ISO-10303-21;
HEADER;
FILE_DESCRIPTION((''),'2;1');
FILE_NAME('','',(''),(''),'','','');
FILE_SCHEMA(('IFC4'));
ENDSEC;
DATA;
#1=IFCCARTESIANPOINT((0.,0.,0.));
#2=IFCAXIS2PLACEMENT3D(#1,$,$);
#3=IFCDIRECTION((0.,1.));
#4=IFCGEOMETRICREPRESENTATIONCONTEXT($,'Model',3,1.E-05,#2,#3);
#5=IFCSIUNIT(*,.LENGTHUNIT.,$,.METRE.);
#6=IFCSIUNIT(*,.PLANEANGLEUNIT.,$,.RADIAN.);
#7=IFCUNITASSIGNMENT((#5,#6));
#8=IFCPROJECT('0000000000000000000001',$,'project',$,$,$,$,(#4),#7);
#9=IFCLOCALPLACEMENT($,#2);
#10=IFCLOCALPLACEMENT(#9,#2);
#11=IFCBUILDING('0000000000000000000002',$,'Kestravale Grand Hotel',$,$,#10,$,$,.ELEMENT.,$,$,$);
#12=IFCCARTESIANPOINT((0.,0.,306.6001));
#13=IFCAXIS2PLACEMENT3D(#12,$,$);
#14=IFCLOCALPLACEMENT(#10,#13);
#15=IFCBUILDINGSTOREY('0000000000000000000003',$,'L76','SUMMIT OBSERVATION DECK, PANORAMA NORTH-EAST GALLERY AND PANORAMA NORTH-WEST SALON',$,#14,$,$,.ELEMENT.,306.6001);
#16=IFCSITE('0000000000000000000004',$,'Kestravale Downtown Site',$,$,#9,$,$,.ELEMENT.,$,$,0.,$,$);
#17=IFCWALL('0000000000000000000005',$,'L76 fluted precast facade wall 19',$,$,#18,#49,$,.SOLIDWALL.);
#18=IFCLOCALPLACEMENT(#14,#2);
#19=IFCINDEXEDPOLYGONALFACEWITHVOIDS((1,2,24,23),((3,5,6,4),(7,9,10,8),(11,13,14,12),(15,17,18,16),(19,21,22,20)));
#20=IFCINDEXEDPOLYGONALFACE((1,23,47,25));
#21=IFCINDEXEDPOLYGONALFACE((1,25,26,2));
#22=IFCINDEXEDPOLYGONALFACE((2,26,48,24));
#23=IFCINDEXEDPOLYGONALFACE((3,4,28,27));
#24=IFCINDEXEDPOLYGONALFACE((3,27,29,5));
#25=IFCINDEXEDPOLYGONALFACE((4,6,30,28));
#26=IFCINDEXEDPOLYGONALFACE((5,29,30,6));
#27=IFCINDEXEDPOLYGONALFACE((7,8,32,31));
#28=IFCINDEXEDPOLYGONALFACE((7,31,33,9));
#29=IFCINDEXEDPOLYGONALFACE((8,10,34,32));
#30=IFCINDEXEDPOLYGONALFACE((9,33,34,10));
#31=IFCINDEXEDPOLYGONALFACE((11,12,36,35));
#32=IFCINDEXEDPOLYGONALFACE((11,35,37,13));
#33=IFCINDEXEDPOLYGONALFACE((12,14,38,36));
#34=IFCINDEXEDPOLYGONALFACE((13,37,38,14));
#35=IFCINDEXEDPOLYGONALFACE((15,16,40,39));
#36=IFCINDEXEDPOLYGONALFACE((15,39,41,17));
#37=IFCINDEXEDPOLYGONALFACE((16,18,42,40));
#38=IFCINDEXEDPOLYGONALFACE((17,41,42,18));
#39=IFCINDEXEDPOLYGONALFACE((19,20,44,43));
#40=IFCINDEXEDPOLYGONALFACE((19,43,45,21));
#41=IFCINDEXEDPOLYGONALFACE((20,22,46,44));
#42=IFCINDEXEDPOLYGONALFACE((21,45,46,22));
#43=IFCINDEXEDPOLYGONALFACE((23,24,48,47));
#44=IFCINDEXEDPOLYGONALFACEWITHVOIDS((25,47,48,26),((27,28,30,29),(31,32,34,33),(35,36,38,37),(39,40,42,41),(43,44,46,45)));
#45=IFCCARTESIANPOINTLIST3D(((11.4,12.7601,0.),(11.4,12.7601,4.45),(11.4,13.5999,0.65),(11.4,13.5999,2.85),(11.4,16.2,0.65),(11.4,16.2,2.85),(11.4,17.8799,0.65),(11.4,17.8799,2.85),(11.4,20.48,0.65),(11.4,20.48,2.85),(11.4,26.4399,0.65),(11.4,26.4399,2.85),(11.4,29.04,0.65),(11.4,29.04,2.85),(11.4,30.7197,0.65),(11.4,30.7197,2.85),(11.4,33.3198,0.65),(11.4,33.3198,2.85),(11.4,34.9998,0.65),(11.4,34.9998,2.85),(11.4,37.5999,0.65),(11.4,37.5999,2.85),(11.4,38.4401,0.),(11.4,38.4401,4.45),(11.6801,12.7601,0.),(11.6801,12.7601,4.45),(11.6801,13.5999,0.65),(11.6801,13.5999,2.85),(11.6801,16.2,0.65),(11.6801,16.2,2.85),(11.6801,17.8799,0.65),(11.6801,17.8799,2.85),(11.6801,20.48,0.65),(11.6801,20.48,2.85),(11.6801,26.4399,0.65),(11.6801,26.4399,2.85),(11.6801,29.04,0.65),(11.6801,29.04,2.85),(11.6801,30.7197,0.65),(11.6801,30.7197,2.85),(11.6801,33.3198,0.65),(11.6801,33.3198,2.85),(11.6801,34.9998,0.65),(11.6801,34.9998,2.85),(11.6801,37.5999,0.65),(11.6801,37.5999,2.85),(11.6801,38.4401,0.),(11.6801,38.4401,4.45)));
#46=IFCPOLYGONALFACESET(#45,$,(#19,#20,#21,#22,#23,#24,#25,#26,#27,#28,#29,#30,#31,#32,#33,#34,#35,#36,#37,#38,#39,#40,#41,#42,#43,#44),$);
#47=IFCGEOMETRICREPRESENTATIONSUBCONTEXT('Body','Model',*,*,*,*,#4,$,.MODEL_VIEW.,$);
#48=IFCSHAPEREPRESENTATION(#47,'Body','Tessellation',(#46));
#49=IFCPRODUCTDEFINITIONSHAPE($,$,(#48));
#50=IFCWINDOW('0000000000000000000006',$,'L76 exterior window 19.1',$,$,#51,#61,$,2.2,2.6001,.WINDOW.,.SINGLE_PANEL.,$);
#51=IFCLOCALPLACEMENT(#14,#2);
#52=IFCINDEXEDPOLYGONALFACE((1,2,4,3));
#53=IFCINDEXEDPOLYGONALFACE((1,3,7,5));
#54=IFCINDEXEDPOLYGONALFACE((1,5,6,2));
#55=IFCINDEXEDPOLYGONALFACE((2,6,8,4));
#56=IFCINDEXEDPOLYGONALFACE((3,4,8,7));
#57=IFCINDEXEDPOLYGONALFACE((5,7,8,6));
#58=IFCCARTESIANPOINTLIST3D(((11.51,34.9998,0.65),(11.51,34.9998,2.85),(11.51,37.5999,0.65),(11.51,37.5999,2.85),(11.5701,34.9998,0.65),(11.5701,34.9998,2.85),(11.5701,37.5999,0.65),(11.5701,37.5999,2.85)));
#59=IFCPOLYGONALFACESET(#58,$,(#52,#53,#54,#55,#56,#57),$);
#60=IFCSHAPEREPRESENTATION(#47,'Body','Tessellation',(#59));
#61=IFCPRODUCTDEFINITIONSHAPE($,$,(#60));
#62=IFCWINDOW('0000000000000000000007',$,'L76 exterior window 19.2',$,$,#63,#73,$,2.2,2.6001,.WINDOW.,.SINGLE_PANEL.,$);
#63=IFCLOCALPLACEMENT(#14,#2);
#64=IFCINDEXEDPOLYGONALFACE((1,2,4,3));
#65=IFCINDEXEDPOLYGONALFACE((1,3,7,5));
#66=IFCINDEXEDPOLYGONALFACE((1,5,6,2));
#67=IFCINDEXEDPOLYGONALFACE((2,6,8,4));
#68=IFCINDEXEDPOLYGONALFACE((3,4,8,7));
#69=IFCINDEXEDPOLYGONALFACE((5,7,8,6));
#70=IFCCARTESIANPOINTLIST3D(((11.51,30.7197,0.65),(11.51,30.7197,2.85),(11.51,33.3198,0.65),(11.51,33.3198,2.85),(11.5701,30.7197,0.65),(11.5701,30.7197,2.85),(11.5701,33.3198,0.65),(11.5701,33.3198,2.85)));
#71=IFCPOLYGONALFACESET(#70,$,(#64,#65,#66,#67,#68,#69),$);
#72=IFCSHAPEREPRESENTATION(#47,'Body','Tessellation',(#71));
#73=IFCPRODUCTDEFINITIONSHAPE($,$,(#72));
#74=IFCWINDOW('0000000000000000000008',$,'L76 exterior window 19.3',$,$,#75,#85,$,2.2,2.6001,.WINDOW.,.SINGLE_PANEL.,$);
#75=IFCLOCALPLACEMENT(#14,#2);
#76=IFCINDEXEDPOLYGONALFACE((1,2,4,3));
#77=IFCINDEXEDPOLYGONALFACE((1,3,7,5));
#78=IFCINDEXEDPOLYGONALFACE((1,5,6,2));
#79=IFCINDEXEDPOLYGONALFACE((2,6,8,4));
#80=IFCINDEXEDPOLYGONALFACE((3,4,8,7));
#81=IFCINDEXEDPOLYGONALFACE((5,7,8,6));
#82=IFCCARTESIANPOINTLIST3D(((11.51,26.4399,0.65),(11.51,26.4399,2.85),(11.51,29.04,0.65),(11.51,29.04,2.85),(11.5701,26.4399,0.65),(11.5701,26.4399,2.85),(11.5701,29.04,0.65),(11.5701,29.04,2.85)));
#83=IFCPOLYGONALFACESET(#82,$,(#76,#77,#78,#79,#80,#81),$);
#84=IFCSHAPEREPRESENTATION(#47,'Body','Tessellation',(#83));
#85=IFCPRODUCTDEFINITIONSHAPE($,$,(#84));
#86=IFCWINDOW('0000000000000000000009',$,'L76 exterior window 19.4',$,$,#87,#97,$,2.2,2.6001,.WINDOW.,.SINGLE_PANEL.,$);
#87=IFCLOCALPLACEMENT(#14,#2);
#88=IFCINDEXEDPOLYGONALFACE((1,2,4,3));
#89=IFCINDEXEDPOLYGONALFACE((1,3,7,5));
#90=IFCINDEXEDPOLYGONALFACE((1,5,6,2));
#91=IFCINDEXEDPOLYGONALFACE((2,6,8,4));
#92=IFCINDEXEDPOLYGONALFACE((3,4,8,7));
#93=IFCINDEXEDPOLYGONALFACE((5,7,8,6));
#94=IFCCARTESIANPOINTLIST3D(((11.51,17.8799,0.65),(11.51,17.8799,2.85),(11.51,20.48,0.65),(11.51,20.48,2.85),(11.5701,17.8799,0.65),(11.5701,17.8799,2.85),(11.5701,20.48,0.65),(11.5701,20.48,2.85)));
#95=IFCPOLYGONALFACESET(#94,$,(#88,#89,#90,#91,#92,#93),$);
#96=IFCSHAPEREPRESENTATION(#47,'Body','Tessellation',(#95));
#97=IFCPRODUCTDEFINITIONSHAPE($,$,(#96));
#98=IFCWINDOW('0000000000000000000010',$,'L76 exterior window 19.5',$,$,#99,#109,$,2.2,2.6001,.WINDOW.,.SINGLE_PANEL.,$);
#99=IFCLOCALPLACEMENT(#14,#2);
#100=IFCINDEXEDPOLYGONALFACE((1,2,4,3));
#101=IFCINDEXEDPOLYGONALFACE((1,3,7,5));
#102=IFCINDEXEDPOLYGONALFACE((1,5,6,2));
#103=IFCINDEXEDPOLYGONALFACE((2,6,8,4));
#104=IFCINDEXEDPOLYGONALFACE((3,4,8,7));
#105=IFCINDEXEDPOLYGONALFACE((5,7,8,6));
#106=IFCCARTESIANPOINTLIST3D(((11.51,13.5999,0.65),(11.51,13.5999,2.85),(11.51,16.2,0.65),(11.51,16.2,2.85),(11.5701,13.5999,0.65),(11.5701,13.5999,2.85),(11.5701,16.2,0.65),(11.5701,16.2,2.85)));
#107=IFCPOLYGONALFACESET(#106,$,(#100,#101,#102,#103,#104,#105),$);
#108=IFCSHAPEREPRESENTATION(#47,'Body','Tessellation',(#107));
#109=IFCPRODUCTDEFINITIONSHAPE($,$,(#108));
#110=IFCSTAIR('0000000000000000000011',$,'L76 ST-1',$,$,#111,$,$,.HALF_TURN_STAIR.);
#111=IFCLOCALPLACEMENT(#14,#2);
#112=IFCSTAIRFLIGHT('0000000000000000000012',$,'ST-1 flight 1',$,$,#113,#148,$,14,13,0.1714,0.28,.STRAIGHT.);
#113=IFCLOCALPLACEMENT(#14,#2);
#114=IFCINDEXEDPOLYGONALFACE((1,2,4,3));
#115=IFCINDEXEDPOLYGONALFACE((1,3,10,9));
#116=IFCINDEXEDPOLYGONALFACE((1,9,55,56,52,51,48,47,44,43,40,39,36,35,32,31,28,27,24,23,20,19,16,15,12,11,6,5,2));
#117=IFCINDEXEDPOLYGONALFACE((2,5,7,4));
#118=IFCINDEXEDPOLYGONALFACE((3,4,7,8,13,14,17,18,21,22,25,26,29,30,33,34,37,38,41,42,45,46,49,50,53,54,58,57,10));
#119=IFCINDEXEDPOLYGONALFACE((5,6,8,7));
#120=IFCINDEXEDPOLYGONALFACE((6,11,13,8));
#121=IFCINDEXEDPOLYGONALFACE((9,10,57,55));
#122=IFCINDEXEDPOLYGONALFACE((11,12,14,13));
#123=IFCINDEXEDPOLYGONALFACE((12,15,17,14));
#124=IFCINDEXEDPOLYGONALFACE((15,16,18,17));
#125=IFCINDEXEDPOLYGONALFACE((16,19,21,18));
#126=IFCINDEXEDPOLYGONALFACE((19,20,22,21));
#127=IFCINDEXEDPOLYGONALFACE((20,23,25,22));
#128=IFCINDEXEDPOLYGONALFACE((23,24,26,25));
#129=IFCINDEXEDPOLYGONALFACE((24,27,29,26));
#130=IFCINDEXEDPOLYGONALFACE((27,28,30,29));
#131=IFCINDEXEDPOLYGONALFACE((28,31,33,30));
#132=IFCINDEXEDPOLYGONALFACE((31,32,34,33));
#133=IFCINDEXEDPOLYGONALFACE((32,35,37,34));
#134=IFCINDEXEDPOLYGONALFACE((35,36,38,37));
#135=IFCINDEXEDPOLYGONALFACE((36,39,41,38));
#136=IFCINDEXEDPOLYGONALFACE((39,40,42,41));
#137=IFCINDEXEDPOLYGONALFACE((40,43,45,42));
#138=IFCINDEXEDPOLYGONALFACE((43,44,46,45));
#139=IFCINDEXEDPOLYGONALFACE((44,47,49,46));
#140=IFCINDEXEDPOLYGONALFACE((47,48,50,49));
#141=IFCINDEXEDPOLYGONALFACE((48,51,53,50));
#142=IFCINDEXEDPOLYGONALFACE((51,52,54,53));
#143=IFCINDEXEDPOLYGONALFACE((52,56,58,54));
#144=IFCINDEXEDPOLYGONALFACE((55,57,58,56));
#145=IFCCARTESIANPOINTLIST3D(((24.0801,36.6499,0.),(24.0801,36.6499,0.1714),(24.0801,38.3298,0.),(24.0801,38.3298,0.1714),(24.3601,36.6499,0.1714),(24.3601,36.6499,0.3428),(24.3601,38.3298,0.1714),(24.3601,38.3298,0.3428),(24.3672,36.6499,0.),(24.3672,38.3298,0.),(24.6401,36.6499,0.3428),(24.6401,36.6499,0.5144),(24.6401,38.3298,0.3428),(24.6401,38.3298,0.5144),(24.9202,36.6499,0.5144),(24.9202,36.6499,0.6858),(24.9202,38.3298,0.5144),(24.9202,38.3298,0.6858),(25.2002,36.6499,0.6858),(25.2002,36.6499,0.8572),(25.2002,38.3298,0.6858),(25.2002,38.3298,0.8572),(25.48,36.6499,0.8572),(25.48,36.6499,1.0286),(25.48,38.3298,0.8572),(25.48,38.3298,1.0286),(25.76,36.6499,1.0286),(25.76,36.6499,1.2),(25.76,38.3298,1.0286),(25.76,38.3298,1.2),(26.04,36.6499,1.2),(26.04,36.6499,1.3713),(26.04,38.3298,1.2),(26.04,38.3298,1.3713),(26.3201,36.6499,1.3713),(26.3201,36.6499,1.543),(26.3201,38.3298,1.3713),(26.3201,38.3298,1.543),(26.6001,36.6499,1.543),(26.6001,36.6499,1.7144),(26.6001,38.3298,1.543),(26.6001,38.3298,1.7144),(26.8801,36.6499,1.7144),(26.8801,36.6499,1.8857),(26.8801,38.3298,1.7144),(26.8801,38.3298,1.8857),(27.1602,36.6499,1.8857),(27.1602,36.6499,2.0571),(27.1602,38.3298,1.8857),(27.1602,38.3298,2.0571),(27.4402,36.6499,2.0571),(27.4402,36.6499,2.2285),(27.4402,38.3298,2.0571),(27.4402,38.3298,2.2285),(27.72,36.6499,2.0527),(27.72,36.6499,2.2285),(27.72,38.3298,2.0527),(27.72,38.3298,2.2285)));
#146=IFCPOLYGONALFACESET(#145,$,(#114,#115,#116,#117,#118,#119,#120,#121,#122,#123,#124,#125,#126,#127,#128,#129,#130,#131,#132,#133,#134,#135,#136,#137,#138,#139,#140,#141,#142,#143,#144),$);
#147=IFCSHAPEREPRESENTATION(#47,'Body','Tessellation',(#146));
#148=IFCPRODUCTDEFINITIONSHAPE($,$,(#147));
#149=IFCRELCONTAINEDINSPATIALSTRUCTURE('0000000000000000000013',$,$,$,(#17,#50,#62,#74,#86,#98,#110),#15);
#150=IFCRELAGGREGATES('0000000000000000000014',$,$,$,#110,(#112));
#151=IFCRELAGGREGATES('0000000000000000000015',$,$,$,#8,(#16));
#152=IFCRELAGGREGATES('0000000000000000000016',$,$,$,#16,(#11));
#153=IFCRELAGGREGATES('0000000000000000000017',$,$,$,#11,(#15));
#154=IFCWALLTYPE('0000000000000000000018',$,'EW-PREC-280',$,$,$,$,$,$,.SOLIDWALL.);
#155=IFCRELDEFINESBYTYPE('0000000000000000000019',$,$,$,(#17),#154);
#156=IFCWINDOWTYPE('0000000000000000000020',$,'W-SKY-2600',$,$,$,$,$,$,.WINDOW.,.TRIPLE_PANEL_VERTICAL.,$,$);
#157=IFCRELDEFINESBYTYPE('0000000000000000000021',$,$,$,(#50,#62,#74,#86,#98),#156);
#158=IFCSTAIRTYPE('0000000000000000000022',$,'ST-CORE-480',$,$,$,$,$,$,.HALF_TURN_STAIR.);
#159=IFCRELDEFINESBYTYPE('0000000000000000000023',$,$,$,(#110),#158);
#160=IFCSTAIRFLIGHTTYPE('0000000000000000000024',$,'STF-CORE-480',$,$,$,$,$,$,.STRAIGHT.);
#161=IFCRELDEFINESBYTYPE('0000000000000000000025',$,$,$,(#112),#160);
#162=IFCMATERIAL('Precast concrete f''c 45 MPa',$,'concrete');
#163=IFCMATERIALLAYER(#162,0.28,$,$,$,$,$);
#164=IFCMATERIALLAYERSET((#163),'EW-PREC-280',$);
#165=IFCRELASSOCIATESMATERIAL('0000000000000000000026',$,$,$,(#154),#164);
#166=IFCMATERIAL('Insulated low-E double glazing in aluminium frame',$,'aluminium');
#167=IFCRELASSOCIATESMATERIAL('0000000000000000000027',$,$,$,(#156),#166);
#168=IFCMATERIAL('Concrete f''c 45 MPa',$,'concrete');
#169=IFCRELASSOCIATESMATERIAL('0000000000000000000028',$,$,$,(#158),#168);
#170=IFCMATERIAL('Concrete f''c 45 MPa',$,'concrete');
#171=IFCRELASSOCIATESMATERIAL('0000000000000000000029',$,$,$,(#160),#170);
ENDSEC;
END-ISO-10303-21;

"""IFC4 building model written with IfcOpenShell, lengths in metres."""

from ifc_helpers import new_model, si_unit, direction, frame, frame_2d, origin, place, context, subcontext, project, spatial, polyline, rectangle, outline, extrude, material, layer, layer_set, type_object, element, fill, aggregate, save


model = new_model("IFC4")

# Units and contexts
model_context = context("Model", 3, precision=1e-05, world=origin(), true_north=direction((0.0, 1.0)))
body_context = subcontext(model_context, "Body", "Model", "MODEL_VIEW")
ifc_project = project(units=[si_unit("LENGTHUNIT", "METRE"), si_unit("PLANEANGLEUNIT", "RADIAN")], contexts=[model_context])

# Site, building, storey
site_placement = place(None, origin())
site = spatial("IfcSite", under=ifc_project, at=site_placement, Name="Kestravale Downtown Site", CompositionType="ELEMENT", RefElevation=0.0)
building_placement = place(site_placement, origin())
building = spatial("IfcBuilding", under=site, at=building_placement, Name="Kestravale Grand Hotel", CompositionType="ELEMENT")
storey_placement = place(building_placement, frame((0.0, 0.0, 306.6001)))
storey = spatial("IfcBuildingStorey", under=building, at=storey_placement, Name="L76", Description="SUMMIT OBSERVATION DECK, PANORAMA NORTH-EAST GALLERY AND PANORAMA NORTH-WEST SALON", CompositionType="ELEMENT", Elevation=306.6001)

# Shared definitions
ifc_material_1 = material(Name="Precast concrete f'c 45 MPa", Category="concrete")
ifc_layer_1 = layer(ifc_material_1, 0.28)
ifc_layer_set_1 = layer_set([ifc_layer_1], Name="EW-PREC-280")
wall_type_1 = type_object("IfcWallType", Name="EW-PREC-280", PredefinedType="SOLIDWALL", material=ifc_layer_set_1)

# Wall, openings, windows
wall_1_placement = place(storey_placement, frame((11.54, 38.4399, 0.0), z_axis=(0.0, 0.0, 1.0), x_axis=(0.0, -1.0, 0.0)))
wall_1 = element("IfcWall", 1, at=wall_1_placement, inside=storey, type_object=wall_type_1, Name="L76 fluted precast facade wall 19", PredefinedType="SOLIDWALL", context=body_context, shape_type="SweptSolid", body=[
    extrude(rectangle(XDim=25.6799, YDim=0.28, at=frame_2d((12.8398, 0.0))), origin(), (0.0, 0.0, 1.0), 4.45),
])
opening_1_placement = place(wall_1_placement, frame((0.8401, 0.0, 0.6499)))
opening_1 = element("IfcOpeningElement", 2, at=opening_1_placement, cuts=wall_1, PredefinedType="OPENING", context=body_context, shape_type="SweptSolid", body=[
    extrude(rectangle(XDim=2.6001, YDim=2.2, at=frame_2d((1.3, 1.1001))), frame((0.0, 0.1499, 0.0), z_axis=(0.0, -1.0, 0.0), x_axis=(1.0, 0.0, 0.0)), (0.0, 0.0, 1.0), 0.3),
])
opening_2_placement = place(wall_1_placement, frame((5.1201, 0.0, 0.6499)))
opening_2 = element("IfcOpeningElement", 3, at=opening_2_placement, cuts=wall_1, PredefinedType="OPENING", context=body_context, shape_type="SweptSolid", body=[
    extrude(rectangle(XDim=2.6001, YDim=2.2, at=frame_2d((1.3, 1.1001))), frame((0.0, 0.1499, 0.0), z_axis=(0.0, -1.0, 0.0), x_axis=(1.0, 0.0, 0.0)), (0.0, 0.0, 1.0), 0.3),
])
opening_3_placement = place(wall_1_placement, frame((9.3999, 0.0, 0.6499)))
opening_3 = element("IfcOpeningElement", 4, at=opening_3_placement, cuts=wall_1, PredefinedType="OPENING", context=body_context, shape_type="SweptSolid", body=[
    extrude(rectangle(XDim=2.6001, YDim=2.2, at=frame_2d((1.3, 1.1001))), frame((0.0, 0.1499, 0.0), z_axis=(0.0, -1.0, 0.0), x_axis=(1.0, 0.0, 0.0)), (0.0, 0.0, 1.0), 0.3),
])
opening_4_placement = place(wall_1_placement, frame((17.96, 0.0, 0.6499)))
opening_4 = element("IfcOpeningElement", 5, at=opening_4_placement, cuts=wall_1, PredefinedType="OPENING", context=body_context, shape_type="SweptSolid", body=[
    extrude(rectangle(XDim=2.6001, YDim=2.2, at=frame_2d((1.3, 1.1001))), frame((0.0, 0.1499, 0.0), z_axis=(0.0, -1.0, 0.0), x_axis=(1.0, 0.0, 0.0)), (0.0, 0.0, 1.0), 0.3),
])
opening_5_placement = place(wall_1_placement, frame((22.24, 0.0, 0.6499)))
opening_5 = element("IfcOpeningElement", 6, at=opening_5_placement, cuts=wall_1, PredefinedType="OPENING", context=body_context, shape_type="SweptSolid", body=[
    extrude(rectangle(XDim=2.6001, YDim=2.2, at=frame_2d((1.3, 1.1001))), frame((0.0, 0.1499, 0.0), z_axis=(0.0, -1.0, 0.0), x_axis=(1.0, 0.0, 0.0)), (0.0, 0.0, 1.0), 0.3),
])
ifc_material_2 = material(Name="Insulated low-E double glazing in aluminium frame", Category="aluminium")
window_type = type_object("IfcWindowType", Name="W-SKY-2600", PartitioningType="TRIPLE_PANEL_VERTICAL", PredefinedType="WINDOW", material=ifc_material_2)
window_1_placement = place(opening_1_placement, origin())
window_1 = element("IfcWindow", 7, at=window_1_placement, inside=storey, type_object=window_type, Name="L76 exterior window 19.1", OverallHeight=2.2, OverallWidth=2.6001, PartitioningType="SINGLE_PANEL", PredefinedType="WINDOW", context=body_context, shape_type="SweptSolid", body=[
    extrude(rectangle(XDim=2.6001, YDim=2.2, at=frame_2d((1.3, 1.1001))), frame((0.0, 0.03, 0.0), z_axis=(0.0, -1.0, 0.0), x_axis=(1.0, 0.0, 0.0)), (0.0, 0.0, 1.0), 0.0601),
])
fill(opening_1, window_1)
window_2_placement = place(opening_2_placement, origin())
window_2 = element("IfcWindow", 8, at=window_2_placement, inside=storey, type_object=window_type, Name="L76 exterior window 19.2", OverallHeight=2.2, OverallWidth=2.6001, PartitioningType="SINGLE_PANEL", PredefinedType="WINDOW", context=body_context, shape_type="SweptSolid", body=[
    extrude(rectangle(XDim=2.6001, YDim=2.2, at=frame_2d((1.3, 1.1001))), frame((0.0, 0.03, 0.0), z_axis=(0.0, -1.0, 0.0), x_axis=(1.0, 0.0, 0.0)), (0.0, 0.0, 1.0), 0.0601),
])
fill(opening_2, window_2)
window_3_placement = place(opening_3_placement, origin())
window_3 = element("IfcWindow", 9, at=window_3_placement, inside=storey, type_object=window_type, Name="L76 exterior window 19.3", OverallHeight=2.2, OverallWidth=2.6001, PartitioningType="SINGLE_PANEL", PredefinedType="WINDOW", context=body_context, shape_type="SweptSolid", body=[
    extrude(rectangle(XDim=2.6001, YDim=2.2, at=frame_2d((1.3, 1.1001))), frame((0.0, 0.03, 0.0), z_axis=(0.0, -1.0, 0.0), x_axis=(1.0, 0.0, 0.0)), (0.0, 0.0, 1.0), 0.0601),
])
fill(opening_3, window_3)
window_4_placement = place(opening_4_placement, origin())
window_4 = element("IfcWindow", 10, at=window_4_placement, inside=storey, type_object=window_type, Name="L76 exterior window 19.4", OverallHeight=2.2, OverallWidth=2.6001, PartitioningType="SINGLE_PANEL", PredefinedType="WINDOW", context=body_context, shape_type="SweptSolid", body=[
    extrude(rectangle(XDim=2.6001, YDim=2.2, at=frame_2d((1.3, 1.1001))), frame((0.0, 0.03, 0.0), z_axis=(0.0, -1.0, 0.0), x_axis=(1.0, 0.0, 0.0)), (0.0, 0.0, 1.0), 0.0601),
])
fill(opening_4, window_4)
window_5_placement = place(opening_5_placement, origin())
window_5 = element("IfcWindow", 11, at=window_5_placement, inside=storey, type_object=window_type, Name="L76 exterior window 19.5", OverallHeight=2.2, OverallWidth=2.6001, PartitioningType="SINGLE_PANEL", PredefinedType="WINDOW", context=body_context, shape_type="SweptSolid", body=[
    extrude(rectangle(XDim=2.6001, YDim=2.2, at=frame_2d((1.3, 1.1001))), frame((0.0, 0.03, 0.0), z_axis=(0.0, -1.0, 0.0), x_axis=(1.0, 0.0, 0.0)), (0.0, 0.0, 1.0), 0.0601),
])
fill(opening_5, window_5)

# Stair, stair flight
ifc_material_3 = material(Name="Concrete f'c 45 MPa", Category="concrete")
stair_type = type_object("IfcStairType", Name="ST-CORE-480", PredefinedType="HALF_TURN_STAIR", material=ifc_material_3)
stair_placement = place(storey_placement, origin())
stair = element("IfcStair", 12, at=stair_placement, inside=storey, type_object=stair_type, Name="L76 ST-1", PredefinedType="HALF_TURN_STAIR")
ifc_material_4 = material(Name="Concrete f'c 45 MPa", Category="concrete")
stair_flight_type = type_object("IfcStairFlightType", Name="STF-CORE-480", PredefinedType="STRAIGHT", material=ifc_material_4)
stair_flight_1_placement = place(storey_placement, frame((24.0801, 37.49, 0.0), z_axis=(0.0, 0.0, 1.0), x_axis=(1.0, 0.0, 0.0)))
stair_flight_1 = element("IfcStairFlight", 13, at=stair_flight_1_placement, type_object=stair_flight_type, Name="ST-1 flight 1", NumberOfRisers=14, NumberOfTreads=13, PredefinedType="STRAIGHT", RiserHeight=0.1714, TreadLength=0.28, context=body_context, shape_type="SweptSolid", body=[
    extrude(outline(polyline([(0.0, 0.0), (0.0, 0.1714), (0.28, 0.1714), (0.28, 0.3428), (0.5601, 0.3428), (0.5601, 0.5144), (0.8401, 0.5144), (0.8401, 0.6858), (1.1201, 0.6858), (1.1201, 0.8572), (1.3999, 0.8572), (1.3999, 1.0286), (1.6799, 1.0286), (1.6799, 1.2), (1.96, 1.2), (1.96, 1.3713), (2.24, 1.3713), (2.24, 1.543), (2.52, 1.543), (2.52, 1.7144), (2.8, 1.7144), (2.8, 1.8857), (3.0801, 1.8857), (3.0801, 2.0571), (3.3601, 2.0571), (3.3601, 2.2285), (3.6399, 2.2285), (3.6399, 2.3999), (3.6399, 2.0527), (0.2871, 0.0), (0.0, 0.0)])), frame((0.0, 0.8398, 0.0), z_axis=(0.0, -1.0, 0.0), x_axis=(1.0, 0.0, 0.0)), (0.0, 0.0, 1.0), 1.6799),
])
aggregate(stair, [stair_flight_1])

save(model, "model.ifc")
